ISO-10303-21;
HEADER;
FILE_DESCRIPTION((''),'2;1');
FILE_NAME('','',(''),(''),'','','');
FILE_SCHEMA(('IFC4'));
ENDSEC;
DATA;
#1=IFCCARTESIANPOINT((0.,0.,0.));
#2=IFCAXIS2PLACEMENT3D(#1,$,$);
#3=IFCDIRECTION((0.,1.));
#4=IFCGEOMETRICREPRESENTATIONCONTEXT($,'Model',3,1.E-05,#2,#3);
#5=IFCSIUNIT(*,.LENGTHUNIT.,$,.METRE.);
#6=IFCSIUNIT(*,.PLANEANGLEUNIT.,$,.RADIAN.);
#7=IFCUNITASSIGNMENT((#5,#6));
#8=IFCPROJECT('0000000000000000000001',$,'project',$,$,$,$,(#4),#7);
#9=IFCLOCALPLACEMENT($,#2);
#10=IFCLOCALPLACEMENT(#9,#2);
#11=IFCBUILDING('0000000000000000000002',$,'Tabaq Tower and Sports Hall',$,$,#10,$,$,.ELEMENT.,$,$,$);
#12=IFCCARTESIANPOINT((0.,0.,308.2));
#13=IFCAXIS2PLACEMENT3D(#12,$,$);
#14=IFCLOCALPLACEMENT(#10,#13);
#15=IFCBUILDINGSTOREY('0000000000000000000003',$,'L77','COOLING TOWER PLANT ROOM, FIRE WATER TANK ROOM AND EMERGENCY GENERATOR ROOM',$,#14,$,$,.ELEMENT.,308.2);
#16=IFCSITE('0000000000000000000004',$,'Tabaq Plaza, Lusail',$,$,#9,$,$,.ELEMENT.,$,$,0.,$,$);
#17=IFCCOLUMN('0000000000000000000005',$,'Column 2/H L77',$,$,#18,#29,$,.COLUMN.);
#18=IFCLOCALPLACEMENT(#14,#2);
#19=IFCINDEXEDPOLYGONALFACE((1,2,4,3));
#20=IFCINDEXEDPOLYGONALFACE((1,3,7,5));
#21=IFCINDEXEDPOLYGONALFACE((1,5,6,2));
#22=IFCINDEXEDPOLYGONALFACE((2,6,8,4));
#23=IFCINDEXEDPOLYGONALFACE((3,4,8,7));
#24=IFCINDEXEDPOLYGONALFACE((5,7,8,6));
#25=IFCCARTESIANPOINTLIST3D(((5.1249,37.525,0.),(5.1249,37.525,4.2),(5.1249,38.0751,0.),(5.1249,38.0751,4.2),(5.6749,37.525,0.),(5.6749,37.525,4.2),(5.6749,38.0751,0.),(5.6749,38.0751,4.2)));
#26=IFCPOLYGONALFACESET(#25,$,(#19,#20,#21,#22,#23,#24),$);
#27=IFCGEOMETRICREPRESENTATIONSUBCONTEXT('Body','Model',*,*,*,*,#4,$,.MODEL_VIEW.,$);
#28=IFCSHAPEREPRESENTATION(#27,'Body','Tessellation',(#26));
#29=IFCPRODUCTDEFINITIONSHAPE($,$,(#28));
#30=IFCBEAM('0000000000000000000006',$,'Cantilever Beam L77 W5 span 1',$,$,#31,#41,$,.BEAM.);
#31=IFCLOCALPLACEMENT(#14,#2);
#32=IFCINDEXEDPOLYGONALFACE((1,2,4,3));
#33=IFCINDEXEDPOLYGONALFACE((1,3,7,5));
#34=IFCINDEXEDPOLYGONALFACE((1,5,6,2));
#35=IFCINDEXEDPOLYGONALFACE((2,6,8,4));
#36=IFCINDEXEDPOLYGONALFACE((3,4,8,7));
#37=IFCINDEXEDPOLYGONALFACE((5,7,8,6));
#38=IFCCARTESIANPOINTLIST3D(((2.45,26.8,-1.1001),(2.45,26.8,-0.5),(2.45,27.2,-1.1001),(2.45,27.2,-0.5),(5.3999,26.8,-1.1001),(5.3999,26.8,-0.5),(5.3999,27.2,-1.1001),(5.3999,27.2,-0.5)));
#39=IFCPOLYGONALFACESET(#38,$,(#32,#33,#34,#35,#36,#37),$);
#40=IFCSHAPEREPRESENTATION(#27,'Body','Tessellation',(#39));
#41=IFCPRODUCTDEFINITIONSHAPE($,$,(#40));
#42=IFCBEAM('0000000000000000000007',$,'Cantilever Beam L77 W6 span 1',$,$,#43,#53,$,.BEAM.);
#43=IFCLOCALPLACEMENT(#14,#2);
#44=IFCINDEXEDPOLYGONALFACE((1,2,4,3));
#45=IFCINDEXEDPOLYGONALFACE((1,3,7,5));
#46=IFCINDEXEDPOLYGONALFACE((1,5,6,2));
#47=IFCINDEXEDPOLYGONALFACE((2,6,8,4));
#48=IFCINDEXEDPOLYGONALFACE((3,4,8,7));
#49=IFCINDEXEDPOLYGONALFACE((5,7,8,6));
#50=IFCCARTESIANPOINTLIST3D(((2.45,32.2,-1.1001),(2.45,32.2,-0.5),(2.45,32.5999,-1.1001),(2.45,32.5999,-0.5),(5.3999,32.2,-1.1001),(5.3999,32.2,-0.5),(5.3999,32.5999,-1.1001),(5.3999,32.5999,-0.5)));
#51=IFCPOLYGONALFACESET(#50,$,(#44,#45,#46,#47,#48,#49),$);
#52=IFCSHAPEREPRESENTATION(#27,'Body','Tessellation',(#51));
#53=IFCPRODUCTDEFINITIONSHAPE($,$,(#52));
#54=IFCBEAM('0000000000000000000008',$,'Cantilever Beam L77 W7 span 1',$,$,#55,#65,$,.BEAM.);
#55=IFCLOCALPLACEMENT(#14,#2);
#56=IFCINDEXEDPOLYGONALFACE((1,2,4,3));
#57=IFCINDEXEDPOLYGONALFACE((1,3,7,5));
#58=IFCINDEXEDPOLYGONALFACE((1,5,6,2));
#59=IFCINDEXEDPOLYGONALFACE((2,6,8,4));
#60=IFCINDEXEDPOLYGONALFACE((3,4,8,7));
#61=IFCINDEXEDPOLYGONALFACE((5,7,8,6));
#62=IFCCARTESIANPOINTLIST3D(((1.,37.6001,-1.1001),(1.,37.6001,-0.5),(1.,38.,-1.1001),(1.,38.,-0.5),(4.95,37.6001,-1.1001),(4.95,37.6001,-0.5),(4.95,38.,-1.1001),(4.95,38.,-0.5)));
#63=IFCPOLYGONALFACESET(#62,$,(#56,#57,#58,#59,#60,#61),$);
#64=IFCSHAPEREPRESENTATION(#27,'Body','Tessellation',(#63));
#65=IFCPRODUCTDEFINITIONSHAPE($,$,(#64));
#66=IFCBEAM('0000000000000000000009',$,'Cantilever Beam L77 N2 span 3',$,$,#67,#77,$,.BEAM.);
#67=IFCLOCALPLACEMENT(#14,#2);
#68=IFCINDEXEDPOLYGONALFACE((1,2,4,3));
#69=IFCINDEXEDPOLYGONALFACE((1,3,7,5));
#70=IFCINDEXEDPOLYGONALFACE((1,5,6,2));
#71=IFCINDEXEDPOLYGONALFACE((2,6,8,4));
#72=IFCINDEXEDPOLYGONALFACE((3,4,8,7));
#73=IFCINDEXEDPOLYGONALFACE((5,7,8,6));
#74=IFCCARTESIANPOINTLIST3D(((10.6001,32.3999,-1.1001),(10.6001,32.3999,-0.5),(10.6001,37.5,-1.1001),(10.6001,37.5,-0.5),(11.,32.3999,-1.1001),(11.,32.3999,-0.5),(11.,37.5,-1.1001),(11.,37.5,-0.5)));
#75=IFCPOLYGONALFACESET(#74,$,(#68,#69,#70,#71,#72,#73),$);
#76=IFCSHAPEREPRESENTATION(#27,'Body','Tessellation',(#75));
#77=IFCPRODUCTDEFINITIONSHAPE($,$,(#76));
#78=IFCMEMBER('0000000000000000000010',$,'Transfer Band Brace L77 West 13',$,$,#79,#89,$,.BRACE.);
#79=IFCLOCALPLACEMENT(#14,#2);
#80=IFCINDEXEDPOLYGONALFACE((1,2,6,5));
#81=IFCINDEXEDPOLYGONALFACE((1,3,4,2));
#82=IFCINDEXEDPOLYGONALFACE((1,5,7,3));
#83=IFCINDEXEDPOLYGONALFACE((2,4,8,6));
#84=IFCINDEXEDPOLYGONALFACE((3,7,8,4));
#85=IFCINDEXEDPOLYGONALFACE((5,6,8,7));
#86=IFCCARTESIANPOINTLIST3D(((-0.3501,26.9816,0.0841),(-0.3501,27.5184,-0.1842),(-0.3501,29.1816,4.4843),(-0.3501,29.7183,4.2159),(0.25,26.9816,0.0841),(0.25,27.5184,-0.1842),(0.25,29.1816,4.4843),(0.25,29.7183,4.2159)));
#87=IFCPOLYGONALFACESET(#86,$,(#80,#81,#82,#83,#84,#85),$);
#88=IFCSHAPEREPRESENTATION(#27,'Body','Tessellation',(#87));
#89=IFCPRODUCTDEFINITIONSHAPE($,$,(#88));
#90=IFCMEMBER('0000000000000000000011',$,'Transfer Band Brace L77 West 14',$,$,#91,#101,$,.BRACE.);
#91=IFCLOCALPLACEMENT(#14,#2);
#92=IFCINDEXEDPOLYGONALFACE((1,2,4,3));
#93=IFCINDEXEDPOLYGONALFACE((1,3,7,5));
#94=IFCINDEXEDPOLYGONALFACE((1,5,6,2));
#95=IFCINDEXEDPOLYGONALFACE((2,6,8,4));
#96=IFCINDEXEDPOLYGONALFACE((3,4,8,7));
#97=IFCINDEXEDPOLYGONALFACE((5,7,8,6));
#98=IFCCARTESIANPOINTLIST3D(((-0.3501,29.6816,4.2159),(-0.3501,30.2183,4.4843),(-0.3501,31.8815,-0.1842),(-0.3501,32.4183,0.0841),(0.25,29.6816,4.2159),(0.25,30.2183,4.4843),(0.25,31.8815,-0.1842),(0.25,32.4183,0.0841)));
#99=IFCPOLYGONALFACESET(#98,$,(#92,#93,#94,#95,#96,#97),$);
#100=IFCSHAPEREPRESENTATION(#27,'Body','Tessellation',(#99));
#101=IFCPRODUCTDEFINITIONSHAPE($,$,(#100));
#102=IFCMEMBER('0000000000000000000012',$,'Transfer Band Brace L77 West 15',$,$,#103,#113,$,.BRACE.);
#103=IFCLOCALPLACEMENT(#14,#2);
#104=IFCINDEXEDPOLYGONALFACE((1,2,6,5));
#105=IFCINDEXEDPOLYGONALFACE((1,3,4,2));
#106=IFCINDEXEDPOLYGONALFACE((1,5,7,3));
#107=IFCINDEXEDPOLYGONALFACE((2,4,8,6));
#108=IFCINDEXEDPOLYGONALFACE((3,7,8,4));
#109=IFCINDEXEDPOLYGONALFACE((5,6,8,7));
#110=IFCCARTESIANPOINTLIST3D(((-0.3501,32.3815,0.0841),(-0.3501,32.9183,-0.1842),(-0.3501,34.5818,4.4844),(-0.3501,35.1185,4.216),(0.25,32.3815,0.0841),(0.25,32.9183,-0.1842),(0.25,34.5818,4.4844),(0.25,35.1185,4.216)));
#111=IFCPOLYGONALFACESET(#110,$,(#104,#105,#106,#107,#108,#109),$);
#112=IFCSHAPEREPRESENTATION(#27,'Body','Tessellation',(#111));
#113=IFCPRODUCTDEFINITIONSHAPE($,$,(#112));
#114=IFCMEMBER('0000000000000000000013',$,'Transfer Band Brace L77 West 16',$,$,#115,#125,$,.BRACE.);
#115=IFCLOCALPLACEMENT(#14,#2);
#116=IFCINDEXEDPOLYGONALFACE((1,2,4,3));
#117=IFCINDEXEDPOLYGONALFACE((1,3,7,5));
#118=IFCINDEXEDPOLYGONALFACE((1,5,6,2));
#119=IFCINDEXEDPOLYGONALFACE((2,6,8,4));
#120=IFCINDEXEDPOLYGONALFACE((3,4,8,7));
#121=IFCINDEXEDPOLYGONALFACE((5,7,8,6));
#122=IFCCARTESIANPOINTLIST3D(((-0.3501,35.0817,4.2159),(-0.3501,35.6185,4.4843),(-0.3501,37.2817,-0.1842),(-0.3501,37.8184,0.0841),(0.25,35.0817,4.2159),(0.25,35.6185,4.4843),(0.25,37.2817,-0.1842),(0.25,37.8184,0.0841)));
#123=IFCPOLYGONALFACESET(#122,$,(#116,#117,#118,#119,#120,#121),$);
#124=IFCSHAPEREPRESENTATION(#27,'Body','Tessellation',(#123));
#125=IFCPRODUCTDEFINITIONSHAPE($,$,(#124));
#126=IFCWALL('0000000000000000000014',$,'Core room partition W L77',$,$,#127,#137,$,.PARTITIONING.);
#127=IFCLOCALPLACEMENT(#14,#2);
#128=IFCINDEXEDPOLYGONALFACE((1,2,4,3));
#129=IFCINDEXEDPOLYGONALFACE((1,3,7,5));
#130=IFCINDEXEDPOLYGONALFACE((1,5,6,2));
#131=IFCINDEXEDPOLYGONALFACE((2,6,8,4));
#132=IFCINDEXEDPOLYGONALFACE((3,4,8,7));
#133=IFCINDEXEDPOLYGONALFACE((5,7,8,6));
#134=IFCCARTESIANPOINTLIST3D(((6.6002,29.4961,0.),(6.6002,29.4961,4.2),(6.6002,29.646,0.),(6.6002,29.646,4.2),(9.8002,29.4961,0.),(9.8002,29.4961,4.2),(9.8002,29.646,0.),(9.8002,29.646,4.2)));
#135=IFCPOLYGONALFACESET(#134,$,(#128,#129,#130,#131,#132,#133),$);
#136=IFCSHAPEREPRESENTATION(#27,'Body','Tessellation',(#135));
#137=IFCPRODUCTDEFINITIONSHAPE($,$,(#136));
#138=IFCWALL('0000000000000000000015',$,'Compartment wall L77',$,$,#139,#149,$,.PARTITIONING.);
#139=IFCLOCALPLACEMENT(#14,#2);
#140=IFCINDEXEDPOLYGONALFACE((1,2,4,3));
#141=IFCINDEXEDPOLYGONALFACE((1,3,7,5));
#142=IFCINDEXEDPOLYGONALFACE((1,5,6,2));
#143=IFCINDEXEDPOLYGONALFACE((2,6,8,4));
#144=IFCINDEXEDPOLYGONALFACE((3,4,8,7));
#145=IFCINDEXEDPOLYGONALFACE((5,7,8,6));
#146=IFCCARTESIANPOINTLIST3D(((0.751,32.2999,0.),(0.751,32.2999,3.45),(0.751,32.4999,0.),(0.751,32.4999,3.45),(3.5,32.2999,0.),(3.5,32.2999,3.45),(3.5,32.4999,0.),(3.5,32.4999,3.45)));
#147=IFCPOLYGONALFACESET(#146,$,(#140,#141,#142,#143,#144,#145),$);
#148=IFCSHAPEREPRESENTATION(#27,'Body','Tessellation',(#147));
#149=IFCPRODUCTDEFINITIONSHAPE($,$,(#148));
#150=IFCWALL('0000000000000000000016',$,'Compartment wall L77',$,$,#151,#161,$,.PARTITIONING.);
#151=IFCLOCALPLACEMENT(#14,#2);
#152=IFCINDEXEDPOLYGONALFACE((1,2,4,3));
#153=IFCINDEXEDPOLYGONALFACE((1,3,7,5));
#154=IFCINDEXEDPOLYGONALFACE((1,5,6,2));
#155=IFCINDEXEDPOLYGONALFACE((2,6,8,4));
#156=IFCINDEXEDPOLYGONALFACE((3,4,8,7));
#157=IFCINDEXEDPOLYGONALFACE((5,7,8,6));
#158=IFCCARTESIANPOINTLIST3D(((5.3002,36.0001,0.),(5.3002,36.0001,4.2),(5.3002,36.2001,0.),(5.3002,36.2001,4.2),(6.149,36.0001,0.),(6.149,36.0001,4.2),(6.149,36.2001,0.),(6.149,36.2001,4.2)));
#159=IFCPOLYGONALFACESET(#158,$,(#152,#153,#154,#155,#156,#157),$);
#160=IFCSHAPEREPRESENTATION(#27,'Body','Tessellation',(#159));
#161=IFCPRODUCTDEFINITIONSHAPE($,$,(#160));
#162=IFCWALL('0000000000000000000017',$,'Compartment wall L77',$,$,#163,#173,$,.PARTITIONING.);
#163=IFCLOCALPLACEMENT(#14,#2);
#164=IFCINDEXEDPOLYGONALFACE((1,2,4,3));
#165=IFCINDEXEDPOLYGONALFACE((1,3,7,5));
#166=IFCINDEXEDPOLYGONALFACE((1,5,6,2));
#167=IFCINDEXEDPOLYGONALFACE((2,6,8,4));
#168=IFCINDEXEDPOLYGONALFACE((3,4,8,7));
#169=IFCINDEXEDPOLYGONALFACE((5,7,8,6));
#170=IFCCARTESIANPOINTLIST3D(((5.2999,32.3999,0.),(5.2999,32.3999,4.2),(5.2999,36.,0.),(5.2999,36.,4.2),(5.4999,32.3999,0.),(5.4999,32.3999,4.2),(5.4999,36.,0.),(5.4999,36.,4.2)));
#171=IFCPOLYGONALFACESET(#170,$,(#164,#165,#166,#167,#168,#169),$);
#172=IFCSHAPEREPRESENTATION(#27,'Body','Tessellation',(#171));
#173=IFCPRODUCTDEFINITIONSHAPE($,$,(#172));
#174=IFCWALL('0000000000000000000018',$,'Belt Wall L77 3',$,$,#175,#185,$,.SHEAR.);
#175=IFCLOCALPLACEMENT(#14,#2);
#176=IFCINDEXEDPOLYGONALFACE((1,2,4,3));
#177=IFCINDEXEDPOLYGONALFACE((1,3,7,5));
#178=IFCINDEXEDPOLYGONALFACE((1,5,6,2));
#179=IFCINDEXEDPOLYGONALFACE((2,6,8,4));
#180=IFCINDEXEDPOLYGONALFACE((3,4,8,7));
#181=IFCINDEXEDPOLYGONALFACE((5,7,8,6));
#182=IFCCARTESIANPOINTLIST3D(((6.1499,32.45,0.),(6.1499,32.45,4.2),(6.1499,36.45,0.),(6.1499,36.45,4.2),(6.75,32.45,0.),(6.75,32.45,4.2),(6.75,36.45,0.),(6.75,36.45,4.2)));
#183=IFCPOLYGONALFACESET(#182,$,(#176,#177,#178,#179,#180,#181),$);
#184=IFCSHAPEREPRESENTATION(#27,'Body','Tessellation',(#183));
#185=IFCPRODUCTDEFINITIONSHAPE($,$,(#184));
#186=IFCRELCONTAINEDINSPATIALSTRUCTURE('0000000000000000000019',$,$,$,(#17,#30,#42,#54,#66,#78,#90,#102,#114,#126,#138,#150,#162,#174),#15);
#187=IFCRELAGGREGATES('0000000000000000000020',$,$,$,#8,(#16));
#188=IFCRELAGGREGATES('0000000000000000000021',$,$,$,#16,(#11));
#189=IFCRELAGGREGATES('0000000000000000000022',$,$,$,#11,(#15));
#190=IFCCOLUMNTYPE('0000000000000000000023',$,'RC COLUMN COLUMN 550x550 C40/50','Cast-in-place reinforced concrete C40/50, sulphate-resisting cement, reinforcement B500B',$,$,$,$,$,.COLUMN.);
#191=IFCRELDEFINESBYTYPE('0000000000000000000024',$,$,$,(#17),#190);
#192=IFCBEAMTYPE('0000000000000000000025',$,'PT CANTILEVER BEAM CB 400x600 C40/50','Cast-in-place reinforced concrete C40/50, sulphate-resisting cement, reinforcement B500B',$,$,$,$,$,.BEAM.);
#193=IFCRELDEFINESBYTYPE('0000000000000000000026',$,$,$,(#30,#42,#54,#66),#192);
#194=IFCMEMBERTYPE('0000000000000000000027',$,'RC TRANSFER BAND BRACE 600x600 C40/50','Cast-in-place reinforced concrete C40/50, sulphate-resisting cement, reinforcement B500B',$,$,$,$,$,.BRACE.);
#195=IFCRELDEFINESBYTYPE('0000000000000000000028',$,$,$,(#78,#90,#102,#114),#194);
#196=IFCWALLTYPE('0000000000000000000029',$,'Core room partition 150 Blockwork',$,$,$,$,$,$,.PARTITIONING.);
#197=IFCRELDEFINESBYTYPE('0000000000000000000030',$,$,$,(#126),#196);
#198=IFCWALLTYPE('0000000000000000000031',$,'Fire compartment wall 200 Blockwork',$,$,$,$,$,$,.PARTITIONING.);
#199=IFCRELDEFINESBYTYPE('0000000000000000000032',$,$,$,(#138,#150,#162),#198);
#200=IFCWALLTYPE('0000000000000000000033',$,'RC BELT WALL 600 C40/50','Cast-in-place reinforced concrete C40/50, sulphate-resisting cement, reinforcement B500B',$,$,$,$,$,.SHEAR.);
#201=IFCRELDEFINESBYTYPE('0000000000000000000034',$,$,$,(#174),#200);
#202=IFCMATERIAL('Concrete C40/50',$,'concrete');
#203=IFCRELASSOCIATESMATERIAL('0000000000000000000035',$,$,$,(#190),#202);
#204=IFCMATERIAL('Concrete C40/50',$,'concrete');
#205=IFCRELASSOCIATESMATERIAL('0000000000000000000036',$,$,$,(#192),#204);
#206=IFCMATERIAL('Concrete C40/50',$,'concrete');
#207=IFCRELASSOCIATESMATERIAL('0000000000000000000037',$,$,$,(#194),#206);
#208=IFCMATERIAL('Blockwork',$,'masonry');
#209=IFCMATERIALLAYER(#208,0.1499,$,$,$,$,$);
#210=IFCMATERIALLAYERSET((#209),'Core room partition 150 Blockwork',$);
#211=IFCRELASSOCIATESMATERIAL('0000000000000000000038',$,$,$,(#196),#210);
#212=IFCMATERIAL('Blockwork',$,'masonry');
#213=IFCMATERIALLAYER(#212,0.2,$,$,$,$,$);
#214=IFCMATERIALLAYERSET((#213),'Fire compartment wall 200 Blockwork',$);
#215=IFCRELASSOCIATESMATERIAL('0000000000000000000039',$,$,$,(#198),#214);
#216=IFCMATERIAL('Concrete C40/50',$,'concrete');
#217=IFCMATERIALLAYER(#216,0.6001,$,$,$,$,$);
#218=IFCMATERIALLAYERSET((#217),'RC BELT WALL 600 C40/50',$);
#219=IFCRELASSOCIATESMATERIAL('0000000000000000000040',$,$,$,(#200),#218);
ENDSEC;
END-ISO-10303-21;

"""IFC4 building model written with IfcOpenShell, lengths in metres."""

from ifc_helpers import new_model, si_unit, direction, frame, frame_2d, origin, origin_2d, place, context, subcontext, project, spatial, rectangle, extrude, material, layer, layer_set, material_profile, profile_set, type_object, element, save


model = new_model("IFC4")

# Units and contexts
model_context = context("Model", 3, precision=1e-05, world=origin(), true_north=direction((0.0, 1.0)))
body_context = subcontext(model_context, "Body", "Model", "MODEL_VIEW")
ifc_project = project(units=[si_unit("LENGTHUNIT", "METRE"), si_unit("PLANEANGLEUNIT", "RADIAN")], contexts=[model_context])

# Site, building, storey
site_placement = place(None, origin())
site = spatial("IfcSite", under=ifc_project, at=site_placement, Name="Tabaq Plaza, Lusail", CompositionType="ELEMENT", RefElevation=0.0)
building_placement = place(site_placement, origin())
building = spatial("IfcBuilding", under=site, at=building_placement, Name="Tabaq Tower and Sports Hall", CompositionType="ELEMENT")
storey_placement = place(building_placement, frame((0.0, 0.0, 308.2)))
storey = spatial("IfcBuildingStorey", under=building, at=storey_placement, Name="L77", Description="COOLING TOWER PLANT ROOM, FIRE WATER TANK ROOM AND EMERGENCY GENERATOR ROOM", CompositionType="ELEMENT", Elevation=308.2)

# Column
ifc_material_1 = material(Name="Concrete C40/50", Category="concrete")
ifc_material_profile_1 = material_profile(ifc_material_1, rectangle(XDim=0.55, YDim=0.55, at=origin_2d()), Name="COLUMN 550x550")
ifc_profile_set_1 = profile_set([ifc_material_profile_1], Name="Concrete C40/50")
column_type = type_object("IfcColumnType", Name="RC COLUMN COLUMN 550x550 C40/50", Description="Cast-in-place reinforced concrete C40/50, sulphate-resisting cement, reinforcement B500B", PredefinedType="COLUMN", material=ifc_profile_set_1)
column_placement = place(storey_placement, frame((5.3999, 37.8, 0.0), z_axis=(0.0, 0.0, 1.0), x_axis=(1.0, 0.0, 0.0)))
element("IfcColumn", 1, at=column_placement, inside=storey, type_object=column_type, Name="Column 2/H L77", PredefinedType="COLUMN", context=body_context, shape_type="SweptSolid", body=[
    extrude(rectangle(XDim=0.55, YDim=0.55, at=origin_2d()), origin(), (0.0, 0.0, 1.0), 4.2),
])

# Beams
ifc_material_2 = material(Name="Concrete C40/50", Category="concrete")
ifc_material_profile_2 = material_profile(ifc_material_2, rectangle(XDim=0.3999, YDim=0.6001, at=origin_2d()), Name="CB 400x600")
ifc_profile_set_2 = profile_set([ifc_material_profile_2], Name="Concrete C40/50")
beam_type = type_object("IfcBeamType", Name="PT CANTILEVER BEAM CB 400x600 C40/50", Description="Cast-in-place reinforced concrete C40/50, sulphate-resisting cement, reinforcement B500B", PredefinedType="BEAM", material=ifc_profile_set_2)
for number, where, z_axis, x_axis, name in (
    (2, (2.45, 27.0, -0.8), (1.0, 0.0, 0.0), (0.0, 1.0, 0.0), "Cantilever Beam L77 W5 span 1"),
    (3, (2.45, 32.3999, -0.8), (1.0, 0.0, 0.0), (0.0, 1.0, 0.0), "Cantilever Beam L77 W6 span 1"),
):
    element("IfcBeam", number, at=place(storey_placement, frame(where, z_axis=z_axis, x_axis=x_axis)), inside=storey, type_object=beam_type, Name=name, PredefinedType="BEAM", context=body_context, shape_type="SweptSolid", body=[
        extrude(rectangle(XDim=0.3999, YDim=0.6001, at=origin_2d()), origin(), (0.0, 0.0, 1.0), 2.95),
    ])
beam_1_placement = place(storey_placement, frame((1.0, 37.8, -0.8), z_axis=(1.0, 0.0, 0.0), x_axis=(0.0, 1.0, 0.0)))
element("IfcBeam", 4, at=beam_1_placement, inside=storey, type_object=beam_type, Name="Cantilever Beam L77 W7 span 1", PredefinedType="BEAM", context=body_context, shape_type="SweptSolid", body=[
    extrude(rectangle(XDim=0.3999, YDim=0.6001, at=origin_2d()), origin(), (0.0, 0.0, 1.0), 3.95),
])
beam_2_placement = place(storey_placement, frame((10.8, 37.5, -0.8), z_axis=(0.0, -1.0, 0.0), x_axis=(1.0, 0.0, 0.0)))
element("IfcBeam", 5, at=beam_2_placement, inside=storey, type_object=beam_type, Name="Cantilever Beam L77 N2 span 3", PredefinedType="BEAM", context=body_context, shape_type="SweptSolid", body=[
    extrude(rectangle(XDim=0.3999, YDim=0.6001, at=origin_2d()), origin(), (0.0, 0.0, 1.0), 5.1001),
])

# Members
ifc_material_3 = material(Name="Concrete C40/50", Category="concrete")
ifc_material_profile_3 = material_profile(ifc_material_3, rectangle(XDim=0.6001, YDim=0.6001, at=origin_2d()), Name="TRANSFER BAND BRACE 600x600")
ifc_profile_set_3 = profile_set([ifc_material_profile_3], Name="Concrete C40/50")
member_type = type_object("IfcMemberType", Name="RC TRANSFER BAND BRACE 600x600 C40/50", Description="Cast-in-place reinforced concrete C40/50, sulphate-resisting cement, reinforcement B500B", PredefinedType="BRACE", material=ifc_profile_set_3)
for number, where, z_axis, x_axis, name in (
    (6, (-0.05, 27.25, -0.05), (0.0, 0.447194, 0.894437), (-1.0, 0.0, 0.0), "Transfer Band Brace L77 West 13"),
    (7, (-0.05, 32.1499, -0.05), (0.0, -0.447194, 0.894437), (1.0, 0.0, 0.0), "Transfer Band Brace L77 West 14"),
):
    element("IfcMember", number, at=place(storey_placement, frame(where, z_axis=z_axis, x_axis=x_axis)), inside=storey, type_object=member_type, Name=name, PredefinedType="BRACE", context=body_context, shape_type="SweptSolid", body=[
        extrude(rectangle(XDim=0.6001, YDim=0.6001, at=origin_2d()), origin(), (0.0, 0.0, 1.0), 4.9194),
    ])
member_1_placement = place(storey_placement, frame((-0.05, 32.6499, -0.05), z_axis=(0.0, 0.447233, 0.894417), x_axis=(-1.0, 0.0, 0.0)))
element("IfcMember", 8, at=member_1_placement, inside=storey, type_object=member_type, Name="Transfer Band Brace L77 West 15", PredefinedType="BRACE", context=body_context, shape_type="SweptSolid", body=[
    extrude(rectangle(XDim=0.6001, YDim=0.6001, at=origin_2d()), origin(), (0.0, 0.0, 1.0), 4.9197),
])
member_2_placement = place(storey_placement, frame((-0.05, 37.55, -0.05), z_axis=(0.0, -0.447194, 0.894437), x_axis=(1.0, 0.0, 0.0)))
element("IfcMember", 9, at=member_2_placement, inside=storey, type_object=member_type, Name="Transfer Band Brace L77 West 16", PredefinedType="BRACE", context=body_context, shape_type="SweptSolid", body=[
    extrude(rectangle(XDim=0.6001, YDim=0.6001, at=origin_2d()), origin(), (0.0, 0.0, 1.0), 4.9194),
])

# Wall
ifc_material_4 = material(Name="Blockwork", Category="masonry")
ifc_layer_1 = layer(ifc_material_4, 0.1499)
ifc_layer_set_1 = layer_set([ifc_layer_1], Name="Core room partition 150 Blockwork")
wall_type_1 = type_object("IfcWallType", Name="Core room partition 150 Blockwork", PredefinedType="PARTITIONING", material=ifc_layer_set_1)
wall_1_placement = place(storey_placement, frame((6.6001, 29.571, 0.0), z_axis=(0.0, 0.0, 1.0), x_axis=(1.0, 0.0, 0.0)))
element("IfcWall", 10, at=wall_1_placement, inside=storey, type_object=wall_type_1, Name="Core room partition W L77", PredefinedType="PARTITIONING", context=body_context, shape_type="SweptSolid", body=[
    extrude(rectangle(XDim=3.2, YDim=0.1499, at=frame_2d((1.6001, 0.0))), origin(), (0.0, 0.0, 1.0), 4.2),
])

# Wall
ifc_material_5 = material(Name="Blockwork", Category="masonry")
ifc_layer_2 = layer(ifc_material_5, 0.2)
ifc_layer_set_2 = layer_set([ifc_layer_2], Name="Fire compartment wall 200 Blockwork")
wall_type_2 = type_object("IfcWallType", Name="Fire compartment wall 200 Blockwork", PredefinedType="PARTITIONING", material=ifc_layer_set_2)
wall_2_placement = place(storey_placement, frame((0.751, 32.3999, 0.0), z_axis=(0.0, 0.0, 1.0), x_axis=(1.0, 0.0, 0.0)))
element("IfcWall", 11, at=wall_2_placement, inside=storey, type_object=wall_type_2, Name="Compartment wall L77", PredefinedType="PARTITIONING", context=body_context, shape_type="SweptSolid", body=[
    extrude(rectangle(XDim=2.749, YDim=0.2, at=frame_2d((1.3745, 0.0))), origin(), (0.0, 0.0, 1.0), 3.45),
])

# Walls
wall_3_placement = place(storey_placement, frame((6.1489, 36.1001, 0.0), z_axis=(0.0, 0.0, 1.0), x_axis=(-1.0, 0.0, 0.0)))
element("IfcWall", 12, at=wall_3_placement, inside=storey, type_object=wall_type_2, Name="Compartment wall L77", PredefinedType="PARTITIONING", context=body_context, shape_type="SweptSolid", body=[
    extrude(rectangle(XDim=0.8489, YDim=0.2, at=frame_2d((0.4243, 0.0))), origin(), (0.0, 0.0, 1.0), 4.2),
])
wall_4_placement = place(storey_placement, frame((5.3999, 36.0, 0.0), z_axis=(0.0, 0.0, 1.0), x_axis=(0.0, -1.0, 0.0)))
element("IfcWall", 13, at=wall_4_placement, inside=storey, type_object=wall_type_2, Name="Compartment wall L77", PredefinedType="PARTITIONING", context=body_context, shape_type="SweptSolid", body=[
    extrude(rectangle(XDim=3.6001, YDim=0.2, at=frame_2d((1.8, 0.0))), origin(), (0.0, 0.0, 1.0), 4.2),
])
ifc_material_6 = material(Name="Concrete C40/50", Category="concrete")
ifc_layer_3 = layer(ifc_material_6, 0.6001)
ifc_layer_set_3 = layer_set([ifc_layer_3], Name="RC BELT WALL 600 C40/50")
wall_type_3 = type_object("IfcWallType", Name="RC BELT WALL 600 C40/50", Description="Cast-in-place reinforced concrete C40/50, sulphate-resisting cement, reinforcement B500B", PredefinedType="SHEAR", material=ifc_layer_set_3)
wall_5_placement = place(storey_placement, frame((6.45, 32.45, 0.0), z_axis=(0.0, 0.0, 1.0), x_axis=(0.0, 1.0, 0.0)))
element("IfcWall", 14, at=wall_5_placement, inside=storey, type_object=wall_type_3, Name="Belt Wall L77 3", PredefinedType="SHEAR", context=body_context, shape_type="SweptSolid", body=[
    extrude(rectangle(XDim=4.0, YDim=0.6001, at=frame_2d((2.0, 0.0))), origin(), (0.0, 0.0, 1.0), 4.2),
])

save(model, "model.ifc")
